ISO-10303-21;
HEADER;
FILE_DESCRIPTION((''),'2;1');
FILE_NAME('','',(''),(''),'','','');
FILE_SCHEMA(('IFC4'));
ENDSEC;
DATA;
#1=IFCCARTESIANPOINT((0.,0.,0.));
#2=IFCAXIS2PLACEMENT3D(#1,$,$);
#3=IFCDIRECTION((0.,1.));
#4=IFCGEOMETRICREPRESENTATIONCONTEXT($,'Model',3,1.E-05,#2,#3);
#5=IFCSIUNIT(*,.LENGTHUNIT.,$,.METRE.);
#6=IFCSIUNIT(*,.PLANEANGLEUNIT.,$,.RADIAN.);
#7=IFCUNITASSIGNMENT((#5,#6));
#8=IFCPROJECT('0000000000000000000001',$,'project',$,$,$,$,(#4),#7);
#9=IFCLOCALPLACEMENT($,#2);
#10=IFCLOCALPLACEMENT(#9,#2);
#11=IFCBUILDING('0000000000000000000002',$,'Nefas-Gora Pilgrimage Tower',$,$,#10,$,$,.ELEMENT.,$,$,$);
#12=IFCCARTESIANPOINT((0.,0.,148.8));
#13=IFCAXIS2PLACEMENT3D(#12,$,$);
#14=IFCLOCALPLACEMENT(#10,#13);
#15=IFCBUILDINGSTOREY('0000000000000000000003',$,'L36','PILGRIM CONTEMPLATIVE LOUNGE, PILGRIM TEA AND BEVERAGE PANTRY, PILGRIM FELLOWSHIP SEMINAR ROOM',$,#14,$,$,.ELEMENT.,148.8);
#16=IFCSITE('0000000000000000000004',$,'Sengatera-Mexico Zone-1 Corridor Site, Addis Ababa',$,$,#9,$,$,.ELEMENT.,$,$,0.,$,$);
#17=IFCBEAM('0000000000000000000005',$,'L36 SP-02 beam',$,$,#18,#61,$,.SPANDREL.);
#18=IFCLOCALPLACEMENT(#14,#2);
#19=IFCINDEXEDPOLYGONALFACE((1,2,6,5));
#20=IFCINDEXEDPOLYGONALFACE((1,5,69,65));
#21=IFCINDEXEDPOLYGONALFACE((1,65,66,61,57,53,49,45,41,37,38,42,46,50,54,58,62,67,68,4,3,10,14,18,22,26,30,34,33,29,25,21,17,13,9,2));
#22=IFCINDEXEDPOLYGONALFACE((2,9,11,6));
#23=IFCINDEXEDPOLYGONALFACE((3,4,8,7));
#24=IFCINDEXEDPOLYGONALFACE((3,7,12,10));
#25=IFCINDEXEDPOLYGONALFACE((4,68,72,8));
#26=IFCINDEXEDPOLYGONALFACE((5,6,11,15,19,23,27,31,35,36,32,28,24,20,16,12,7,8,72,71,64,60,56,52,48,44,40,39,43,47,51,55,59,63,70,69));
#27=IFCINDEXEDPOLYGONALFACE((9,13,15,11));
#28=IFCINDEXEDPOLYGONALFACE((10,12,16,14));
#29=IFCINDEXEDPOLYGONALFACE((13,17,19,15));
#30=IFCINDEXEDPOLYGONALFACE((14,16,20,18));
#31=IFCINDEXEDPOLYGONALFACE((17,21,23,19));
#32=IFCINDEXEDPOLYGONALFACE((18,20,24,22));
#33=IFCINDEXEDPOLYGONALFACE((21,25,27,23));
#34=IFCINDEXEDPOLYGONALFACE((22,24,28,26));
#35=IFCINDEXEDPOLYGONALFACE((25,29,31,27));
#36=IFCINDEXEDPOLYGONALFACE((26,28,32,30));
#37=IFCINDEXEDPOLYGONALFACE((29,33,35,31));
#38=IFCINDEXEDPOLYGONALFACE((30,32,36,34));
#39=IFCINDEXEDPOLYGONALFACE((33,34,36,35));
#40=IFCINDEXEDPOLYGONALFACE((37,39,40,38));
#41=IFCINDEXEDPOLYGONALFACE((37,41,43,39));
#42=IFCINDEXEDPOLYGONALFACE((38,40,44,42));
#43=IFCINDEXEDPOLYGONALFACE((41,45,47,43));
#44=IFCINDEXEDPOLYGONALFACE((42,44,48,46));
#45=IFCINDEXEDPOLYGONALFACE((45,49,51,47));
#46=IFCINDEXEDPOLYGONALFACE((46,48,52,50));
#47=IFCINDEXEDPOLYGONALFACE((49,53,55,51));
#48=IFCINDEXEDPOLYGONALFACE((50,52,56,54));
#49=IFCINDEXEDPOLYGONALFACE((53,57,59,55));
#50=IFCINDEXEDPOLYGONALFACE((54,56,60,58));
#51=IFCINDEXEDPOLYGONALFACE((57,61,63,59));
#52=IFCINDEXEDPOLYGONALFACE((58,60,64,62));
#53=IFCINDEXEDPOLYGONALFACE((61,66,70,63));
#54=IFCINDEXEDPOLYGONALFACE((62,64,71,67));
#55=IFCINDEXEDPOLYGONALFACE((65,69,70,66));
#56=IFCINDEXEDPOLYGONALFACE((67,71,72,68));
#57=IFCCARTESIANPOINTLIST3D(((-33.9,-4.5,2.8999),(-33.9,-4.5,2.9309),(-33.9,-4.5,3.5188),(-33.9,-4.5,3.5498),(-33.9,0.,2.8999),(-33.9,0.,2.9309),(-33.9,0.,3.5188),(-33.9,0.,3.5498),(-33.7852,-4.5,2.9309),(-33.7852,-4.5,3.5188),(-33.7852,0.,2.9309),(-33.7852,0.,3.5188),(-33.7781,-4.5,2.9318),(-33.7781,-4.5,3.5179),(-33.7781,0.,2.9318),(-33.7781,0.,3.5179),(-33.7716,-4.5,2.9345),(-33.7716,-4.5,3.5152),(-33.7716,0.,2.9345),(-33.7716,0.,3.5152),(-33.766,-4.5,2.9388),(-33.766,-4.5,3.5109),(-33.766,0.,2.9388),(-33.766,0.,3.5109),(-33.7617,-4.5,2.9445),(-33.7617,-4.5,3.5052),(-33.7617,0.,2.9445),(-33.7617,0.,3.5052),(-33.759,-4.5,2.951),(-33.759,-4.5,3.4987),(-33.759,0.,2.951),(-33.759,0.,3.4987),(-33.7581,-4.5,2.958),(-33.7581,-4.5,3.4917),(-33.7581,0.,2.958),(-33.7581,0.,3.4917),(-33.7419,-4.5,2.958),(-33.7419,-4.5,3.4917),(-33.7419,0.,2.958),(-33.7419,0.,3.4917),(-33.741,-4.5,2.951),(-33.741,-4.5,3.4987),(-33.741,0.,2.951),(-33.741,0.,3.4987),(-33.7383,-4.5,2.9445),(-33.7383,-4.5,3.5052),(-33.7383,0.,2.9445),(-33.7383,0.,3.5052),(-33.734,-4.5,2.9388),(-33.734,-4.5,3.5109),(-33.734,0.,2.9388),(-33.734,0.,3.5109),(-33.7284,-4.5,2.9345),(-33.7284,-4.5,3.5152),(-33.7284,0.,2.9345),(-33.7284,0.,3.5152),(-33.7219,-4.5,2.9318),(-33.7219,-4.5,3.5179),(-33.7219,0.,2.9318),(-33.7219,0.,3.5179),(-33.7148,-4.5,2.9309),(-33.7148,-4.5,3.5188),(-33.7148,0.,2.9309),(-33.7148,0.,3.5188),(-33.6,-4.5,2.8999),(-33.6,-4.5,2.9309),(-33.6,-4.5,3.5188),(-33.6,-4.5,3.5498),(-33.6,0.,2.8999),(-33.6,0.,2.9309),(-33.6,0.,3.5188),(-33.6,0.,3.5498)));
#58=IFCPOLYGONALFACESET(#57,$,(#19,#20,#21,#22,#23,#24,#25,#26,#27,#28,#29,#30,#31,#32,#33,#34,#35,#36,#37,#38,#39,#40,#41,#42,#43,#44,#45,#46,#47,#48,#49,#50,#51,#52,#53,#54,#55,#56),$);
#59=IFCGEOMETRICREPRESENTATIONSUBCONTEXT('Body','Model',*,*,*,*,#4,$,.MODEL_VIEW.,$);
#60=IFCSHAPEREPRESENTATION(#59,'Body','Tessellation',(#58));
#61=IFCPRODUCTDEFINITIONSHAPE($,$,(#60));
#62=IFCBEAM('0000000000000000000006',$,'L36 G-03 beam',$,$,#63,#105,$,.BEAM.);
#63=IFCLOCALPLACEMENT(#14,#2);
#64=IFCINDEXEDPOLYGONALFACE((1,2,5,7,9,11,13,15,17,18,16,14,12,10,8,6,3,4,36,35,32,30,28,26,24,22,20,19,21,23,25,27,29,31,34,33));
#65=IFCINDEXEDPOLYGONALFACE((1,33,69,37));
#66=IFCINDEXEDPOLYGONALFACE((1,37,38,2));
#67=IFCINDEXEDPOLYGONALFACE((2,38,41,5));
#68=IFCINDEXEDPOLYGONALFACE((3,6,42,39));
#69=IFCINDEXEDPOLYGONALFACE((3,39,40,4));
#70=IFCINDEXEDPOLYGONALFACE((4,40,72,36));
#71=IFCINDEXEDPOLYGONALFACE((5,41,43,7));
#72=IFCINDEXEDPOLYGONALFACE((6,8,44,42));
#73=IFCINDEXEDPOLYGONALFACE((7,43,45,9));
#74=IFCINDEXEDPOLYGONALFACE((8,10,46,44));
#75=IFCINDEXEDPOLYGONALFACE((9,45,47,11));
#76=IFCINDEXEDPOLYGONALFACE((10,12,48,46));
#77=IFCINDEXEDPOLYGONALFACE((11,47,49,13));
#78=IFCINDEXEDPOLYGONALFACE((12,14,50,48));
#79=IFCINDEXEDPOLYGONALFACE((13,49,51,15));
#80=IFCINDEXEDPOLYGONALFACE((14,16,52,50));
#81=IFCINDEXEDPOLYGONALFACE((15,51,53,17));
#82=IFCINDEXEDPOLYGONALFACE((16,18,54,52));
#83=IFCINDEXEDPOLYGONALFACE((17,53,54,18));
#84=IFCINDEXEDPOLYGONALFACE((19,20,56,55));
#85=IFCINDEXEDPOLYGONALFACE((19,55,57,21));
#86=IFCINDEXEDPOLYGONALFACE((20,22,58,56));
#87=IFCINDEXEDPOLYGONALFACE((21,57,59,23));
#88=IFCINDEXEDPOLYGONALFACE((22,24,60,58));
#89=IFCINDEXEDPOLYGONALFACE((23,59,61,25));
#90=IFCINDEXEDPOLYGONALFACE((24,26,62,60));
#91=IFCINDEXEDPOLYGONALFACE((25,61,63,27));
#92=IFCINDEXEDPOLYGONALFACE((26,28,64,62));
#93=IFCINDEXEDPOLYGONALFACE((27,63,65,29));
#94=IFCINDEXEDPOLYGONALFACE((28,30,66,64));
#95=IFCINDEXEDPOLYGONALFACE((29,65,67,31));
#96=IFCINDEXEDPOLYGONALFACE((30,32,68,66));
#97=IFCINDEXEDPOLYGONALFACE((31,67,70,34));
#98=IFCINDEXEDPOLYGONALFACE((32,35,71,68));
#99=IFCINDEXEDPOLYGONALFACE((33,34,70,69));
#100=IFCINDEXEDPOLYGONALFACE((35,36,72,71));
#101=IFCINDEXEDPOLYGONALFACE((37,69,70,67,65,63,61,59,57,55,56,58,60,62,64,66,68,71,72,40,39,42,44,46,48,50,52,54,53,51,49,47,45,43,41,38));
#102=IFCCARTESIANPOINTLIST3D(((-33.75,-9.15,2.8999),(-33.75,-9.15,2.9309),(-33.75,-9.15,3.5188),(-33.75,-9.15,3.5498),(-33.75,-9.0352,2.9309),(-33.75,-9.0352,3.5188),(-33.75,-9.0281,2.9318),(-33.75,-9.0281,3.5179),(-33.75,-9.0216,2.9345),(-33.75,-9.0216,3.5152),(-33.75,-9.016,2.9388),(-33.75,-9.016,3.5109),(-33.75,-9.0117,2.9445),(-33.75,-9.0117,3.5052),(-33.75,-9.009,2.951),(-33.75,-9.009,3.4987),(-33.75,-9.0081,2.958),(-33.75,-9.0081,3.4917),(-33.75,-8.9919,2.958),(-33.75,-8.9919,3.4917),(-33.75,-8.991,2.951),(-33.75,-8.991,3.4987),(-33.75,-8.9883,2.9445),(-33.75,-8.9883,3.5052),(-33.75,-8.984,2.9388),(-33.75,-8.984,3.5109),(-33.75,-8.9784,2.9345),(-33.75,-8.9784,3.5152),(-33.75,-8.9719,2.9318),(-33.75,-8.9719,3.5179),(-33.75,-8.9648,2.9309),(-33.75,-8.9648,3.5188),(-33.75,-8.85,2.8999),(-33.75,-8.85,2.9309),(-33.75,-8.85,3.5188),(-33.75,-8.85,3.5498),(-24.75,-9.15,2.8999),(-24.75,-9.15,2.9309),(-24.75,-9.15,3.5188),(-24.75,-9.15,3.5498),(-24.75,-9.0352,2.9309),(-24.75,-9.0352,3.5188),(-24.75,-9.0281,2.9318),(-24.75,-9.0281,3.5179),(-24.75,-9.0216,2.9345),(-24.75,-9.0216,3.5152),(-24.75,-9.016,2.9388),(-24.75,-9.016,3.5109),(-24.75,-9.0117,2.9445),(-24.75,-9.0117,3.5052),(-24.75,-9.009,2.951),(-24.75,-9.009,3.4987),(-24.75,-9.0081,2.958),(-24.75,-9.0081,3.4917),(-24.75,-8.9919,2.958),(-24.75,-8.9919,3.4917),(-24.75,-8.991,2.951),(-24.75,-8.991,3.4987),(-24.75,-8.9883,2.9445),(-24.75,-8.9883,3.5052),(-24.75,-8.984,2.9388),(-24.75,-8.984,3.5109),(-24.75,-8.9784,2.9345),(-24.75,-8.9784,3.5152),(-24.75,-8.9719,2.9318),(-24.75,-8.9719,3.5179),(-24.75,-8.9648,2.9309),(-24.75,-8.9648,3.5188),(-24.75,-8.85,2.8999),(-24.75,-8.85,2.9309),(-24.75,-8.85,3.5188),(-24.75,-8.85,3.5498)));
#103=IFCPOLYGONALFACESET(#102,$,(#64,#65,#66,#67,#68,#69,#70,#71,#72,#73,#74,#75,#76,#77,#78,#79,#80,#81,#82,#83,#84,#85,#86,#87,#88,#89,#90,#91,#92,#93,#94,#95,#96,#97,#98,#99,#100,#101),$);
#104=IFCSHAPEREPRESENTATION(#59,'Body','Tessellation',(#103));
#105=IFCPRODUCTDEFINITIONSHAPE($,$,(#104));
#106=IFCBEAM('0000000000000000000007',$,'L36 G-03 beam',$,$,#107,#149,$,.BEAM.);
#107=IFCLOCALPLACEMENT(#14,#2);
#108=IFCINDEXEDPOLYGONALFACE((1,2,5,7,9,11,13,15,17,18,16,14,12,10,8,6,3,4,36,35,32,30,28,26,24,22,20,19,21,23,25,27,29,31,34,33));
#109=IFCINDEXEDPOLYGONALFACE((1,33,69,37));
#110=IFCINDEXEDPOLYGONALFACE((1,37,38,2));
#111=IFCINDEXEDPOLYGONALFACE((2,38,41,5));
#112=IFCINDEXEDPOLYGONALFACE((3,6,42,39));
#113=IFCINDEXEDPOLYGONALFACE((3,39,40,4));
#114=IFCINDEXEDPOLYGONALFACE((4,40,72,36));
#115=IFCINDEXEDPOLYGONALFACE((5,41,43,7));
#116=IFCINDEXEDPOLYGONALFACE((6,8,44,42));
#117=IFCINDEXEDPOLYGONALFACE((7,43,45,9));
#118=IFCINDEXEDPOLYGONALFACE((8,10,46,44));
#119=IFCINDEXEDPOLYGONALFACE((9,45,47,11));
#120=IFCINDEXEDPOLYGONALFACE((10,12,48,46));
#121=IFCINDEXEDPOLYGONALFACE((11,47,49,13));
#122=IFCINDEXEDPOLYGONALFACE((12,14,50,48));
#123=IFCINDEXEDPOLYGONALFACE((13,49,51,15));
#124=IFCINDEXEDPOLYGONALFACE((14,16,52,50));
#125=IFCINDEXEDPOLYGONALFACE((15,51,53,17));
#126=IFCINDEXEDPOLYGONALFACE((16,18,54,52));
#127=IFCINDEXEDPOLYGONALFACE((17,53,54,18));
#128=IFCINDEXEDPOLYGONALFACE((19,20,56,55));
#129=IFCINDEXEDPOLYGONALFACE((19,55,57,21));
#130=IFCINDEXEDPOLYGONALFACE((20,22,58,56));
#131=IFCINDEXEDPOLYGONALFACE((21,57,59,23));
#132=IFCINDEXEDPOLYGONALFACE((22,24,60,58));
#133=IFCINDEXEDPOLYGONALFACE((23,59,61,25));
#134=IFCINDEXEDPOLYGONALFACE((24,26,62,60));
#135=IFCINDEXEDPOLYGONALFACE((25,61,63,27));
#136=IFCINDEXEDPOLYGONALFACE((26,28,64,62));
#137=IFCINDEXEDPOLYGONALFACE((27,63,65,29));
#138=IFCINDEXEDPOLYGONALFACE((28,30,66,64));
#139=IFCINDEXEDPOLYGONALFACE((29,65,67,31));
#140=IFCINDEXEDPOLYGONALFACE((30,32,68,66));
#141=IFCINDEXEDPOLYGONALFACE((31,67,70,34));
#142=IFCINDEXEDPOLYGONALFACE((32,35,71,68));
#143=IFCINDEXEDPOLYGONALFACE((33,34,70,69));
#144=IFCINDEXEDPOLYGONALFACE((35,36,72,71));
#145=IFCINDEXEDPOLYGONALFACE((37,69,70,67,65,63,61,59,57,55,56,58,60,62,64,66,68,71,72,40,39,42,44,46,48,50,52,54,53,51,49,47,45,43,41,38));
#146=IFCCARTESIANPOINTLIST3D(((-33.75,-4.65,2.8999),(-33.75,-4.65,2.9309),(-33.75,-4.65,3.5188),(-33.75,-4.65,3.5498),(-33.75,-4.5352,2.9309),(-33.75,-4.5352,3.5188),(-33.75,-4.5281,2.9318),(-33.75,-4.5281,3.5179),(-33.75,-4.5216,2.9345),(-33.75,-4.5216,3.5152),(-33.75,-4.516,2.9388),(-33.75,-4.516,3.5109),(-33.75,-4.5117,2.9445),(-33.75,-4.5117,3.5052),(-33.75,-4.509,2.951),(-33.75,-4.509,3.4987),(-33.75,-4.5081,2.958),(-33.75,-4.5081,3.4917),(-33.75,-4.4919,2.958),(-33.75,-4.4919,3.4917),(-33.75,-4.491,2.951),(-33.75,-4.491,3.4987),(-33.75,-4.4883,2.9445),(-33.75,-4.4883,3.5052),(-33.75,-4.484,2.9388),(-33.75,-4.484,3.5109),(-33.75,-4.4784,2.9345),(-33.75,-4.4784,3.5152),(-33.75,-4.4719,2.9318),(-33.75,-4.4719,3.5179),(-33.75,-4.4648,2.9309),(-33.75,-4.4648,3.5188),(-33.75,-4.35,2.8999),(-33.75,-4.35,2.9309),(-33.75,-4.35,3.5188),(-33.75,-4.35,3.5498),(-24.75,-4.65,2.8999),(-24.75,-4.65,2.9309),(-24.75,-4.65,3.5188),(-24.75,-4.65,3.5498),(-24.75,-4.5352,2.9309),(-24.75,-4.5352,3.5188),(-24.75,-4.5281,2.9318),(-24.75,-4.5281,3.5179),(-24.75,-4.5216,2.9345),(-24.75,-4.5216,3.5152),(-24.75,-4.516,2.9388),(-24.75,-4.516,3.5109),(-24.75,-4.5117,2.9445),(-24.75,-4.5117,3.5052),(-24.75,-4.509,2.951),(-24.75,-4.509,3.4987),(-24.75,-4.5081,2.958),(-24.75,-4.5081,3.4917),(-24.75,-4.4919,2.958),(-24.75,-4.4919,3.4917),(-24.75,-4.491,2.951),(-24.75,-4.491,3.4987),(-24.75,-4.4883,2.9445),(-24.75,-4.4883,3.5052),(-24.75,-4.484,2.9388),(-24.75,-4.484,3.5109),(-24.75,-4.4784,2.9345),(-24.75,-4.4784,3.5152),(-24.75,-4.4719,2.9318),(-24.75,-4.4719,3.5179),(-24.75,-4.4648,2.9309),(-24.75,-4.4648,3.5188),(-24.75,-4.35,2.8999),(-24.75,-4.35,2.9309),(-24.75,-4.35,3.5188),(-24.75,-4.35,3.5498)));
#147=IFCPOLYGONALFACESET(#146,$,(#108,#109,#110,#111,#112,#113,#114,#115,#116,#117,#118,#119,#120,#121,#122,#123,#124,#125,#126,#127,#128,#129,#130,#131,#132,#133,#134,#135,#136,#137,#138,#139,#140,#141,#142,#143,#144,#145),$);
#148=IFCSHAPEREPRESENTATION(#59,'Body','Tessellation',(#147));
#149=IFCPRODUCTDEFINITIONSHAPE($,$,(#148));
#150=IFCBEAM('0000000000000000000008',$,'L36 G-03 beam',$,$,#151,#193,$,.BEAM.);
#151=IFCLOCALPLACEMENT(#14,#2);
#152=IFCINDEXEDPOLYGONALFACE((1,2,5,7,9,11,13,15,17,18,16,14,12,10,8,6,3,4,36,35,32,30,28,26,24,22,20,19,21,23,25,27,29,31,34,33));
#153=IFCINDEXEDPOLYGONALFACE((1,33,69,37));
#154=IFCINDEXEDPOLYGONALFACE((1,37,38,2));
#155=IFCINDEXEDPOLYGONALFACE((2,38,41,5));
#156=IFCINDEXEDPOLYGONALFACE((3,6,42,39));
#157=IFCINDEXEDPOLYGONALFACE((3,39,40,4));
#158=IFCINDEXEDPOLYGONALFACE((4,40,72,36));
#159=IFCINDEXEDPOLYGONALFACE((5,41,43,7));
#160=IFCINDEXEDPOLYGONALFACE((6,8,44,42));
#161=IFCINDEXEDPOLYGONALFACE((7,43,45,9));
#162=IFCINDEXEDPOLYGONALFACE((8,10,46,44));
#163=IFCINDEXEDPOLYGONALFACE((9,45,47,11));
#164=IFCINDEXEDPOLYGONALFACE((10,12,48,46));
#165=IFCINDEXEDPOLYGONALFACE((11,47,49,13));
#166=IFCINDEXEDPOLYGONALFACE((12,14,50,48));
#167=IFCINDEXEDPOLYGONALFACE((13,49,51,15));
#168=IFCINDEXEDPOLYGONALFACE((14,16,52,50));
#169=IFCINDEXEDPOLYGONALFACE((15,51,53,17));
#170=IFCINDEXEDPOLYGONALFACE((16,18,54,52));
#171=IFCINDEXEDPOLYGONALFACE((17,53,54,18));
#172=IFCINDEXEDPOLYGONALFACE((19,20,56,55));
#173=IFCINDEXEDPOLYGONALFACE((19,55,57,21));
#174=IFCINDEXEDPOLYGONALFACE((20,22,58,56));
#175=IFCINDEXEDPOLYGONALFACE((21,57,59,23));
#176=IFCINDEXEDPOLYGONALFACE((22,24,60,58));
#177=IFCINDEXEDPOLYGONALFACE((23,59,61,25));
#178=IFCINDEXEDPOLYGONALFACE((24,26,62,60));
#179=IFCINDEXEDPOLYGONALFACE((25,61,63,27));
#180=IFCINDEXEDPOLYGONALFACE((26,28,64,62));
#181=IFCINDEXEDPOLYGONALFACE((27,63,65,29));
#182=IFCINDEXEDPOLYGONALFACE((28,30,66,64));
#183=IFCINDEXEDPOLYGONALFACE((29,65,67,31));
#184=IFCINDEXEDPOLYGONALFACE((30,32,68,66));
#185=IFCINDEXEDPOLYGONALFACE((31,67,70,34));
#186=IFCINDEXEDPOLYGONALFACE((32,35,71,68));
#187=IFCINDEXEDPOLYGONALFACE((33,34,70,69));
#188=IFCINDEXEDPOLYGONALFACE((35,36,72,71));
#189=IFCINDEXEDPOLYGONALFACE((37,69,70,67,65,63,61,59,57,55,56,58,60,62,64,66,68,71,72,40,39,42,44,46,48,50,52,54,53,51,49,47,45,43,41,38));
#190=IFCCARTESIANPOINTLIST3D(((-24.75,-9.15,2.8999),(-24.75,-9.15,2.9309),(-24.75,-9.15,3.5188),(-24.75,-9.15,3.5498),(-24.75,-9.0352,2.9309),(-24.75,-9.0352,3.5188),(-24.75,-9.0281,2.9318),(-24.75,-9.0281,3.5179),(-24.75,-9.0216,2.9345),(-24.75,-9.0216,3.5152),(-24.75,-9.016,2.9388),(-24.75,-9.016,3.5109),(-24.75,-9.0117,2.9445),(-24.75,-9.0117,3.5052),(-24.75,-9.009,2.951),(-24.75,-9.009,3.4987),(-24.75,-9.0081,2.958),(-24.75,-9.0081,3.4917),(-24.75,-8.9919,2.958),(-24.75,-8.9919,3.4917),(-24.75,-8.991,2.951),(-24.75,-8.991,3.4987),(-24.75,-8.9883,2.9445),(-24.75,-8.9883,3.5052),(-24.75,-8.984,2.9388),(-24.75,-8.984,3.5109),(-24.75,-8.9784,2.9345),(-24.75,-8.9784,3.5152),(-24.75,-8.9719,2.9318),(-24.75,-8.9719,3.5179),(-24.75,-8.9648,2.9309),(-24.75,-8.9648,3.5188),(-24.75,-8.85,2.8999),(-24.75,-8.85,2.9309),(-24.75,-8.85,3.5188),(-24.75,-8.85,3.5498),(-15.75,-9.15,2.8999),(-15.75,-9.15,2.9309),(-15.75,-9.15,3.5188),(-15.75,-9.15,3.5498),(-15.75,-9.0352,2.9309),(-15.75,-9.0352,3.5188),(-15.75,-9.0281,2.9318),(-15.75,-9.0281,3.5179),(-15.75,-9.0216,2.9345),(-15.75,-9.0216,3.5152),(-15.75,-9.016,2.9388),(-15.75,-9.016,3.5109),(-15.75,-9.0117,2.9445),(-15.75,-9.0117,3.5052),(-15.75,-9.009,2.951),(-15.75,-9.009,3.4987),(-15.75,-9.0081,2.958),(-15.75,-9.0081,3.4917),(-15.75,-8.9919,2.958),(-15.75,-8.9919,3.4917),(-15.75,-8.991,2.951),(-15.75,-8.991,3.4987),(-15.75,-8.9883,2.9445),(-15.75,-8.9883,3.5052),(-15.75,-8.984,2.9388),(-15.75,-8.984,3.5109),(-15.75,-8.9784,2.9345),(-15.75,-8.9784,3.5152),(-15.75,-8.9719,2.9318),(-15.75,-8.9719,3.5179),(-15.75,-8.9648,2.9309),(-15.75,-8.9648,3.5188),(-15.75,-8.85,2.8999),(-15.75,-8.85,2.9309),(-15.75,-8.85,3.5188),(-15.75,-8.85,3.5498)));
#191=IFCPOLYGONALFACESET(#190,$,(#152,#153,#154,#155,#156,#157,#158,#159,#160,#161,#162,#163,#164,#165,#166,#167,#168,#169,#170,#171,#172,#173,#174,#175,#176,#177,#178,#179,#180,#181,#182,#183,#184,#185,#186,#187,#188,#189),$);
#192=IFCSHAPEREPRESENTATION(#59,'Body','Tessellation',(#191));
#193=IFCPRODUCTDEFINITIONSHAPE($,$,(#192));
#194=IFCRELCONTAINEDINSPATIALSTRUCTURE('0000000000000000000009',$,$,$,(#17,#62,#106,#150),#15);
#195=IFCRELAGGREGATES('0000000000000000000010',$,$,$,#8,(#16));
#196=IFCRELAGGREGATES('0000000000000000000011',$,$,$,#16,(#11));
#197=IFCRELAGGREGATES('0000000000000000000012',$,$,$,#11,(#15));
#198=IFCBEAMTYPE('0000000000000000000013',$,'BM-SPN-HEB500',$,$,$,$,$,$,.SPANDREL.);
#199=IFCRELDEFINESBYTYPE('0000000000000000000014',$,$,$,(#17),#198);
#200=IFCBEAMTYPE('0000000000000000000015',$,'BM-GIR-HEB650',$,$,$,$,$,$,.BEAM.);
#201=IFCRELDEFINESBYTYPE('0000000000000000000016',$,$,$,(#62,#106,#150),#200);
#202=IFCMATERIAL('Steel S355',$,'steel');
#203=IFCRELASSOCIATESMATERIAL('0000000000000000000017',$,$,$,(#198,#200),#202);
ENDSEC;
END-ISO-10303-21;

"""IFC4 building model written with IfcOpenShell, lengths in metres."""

from ifc_helpers import new_model, si_unit, direction, frame, origin, origin_2d, place, context, subcontext, project, spatial, i_section, extrude, source, transform, mapped, material, material_profile, profile_set, type_object, element, save


model = new_model("IFC4")

# Units and contexts
model_context = context("Model", 3, precision=1e-05, world=origin(), true_north=direction((0.0, 1.0)))
body_context = subcontext(model_context, "Body", "Model", "MODEL_VIEW")
ifc_project = project(units=[si_unit("LENGTHUNIT", "METRE"), si_unit("PLANEANGLEUNIT", "RADIAN")], contexts=[model_context])

# Site, building, storey
site_placement = place(None, origin())
site = spatial("IfcSite", under=ifc_project, at=site_placement, Name="Sengatera-Mexico Zone-1 Corridor Site, Addis Ababa", CompositionType="ELEMENT", RefElevation=0.0)
building_placement = place(site_placement, origin())
building = spatial("IfcBuilding", under=site, at=building_placement, Name="Nefas-Gora Pilgrimage Tower", CompositionType="ELEMENT")
storey_placement = place(building_placement, frame((0.0, 0.0, 148.8)))
storey = spatial("IfcBuildingStorey", under=building, at=storey_placement, Name="L36", Description="PILGRIM CONTEMPLATIVE LOUNGE, PILGRIM TEA AND BEVERAGE PANTRY, PILGRIM FELLOWSHIP SEMINAR ROOM", CompositionType="ELEMENT", Elevation=148.8)

# Beams
ifc_material_1 = material(Name="Steel S355", Category="steel")
ifc_material_profile_1 = material_profile(ifc_material_1, i_section(OverallWidth=0.3, OverallDepth=0.6499, WebThickness=0.0161, FlangeThickness=0.031, FilletRadius=0.0271, at=origin_2d()), Name="HEB 650")
ifc_profile_set_1 = profile_set([ifc_material_profile_1], Name="Steel S355")
beam_type_1 = type_object("IfcBeamType", Name="BM-SPN-HEB500", PredefinedType="SPANDREL", material=ifc_profile_set_1)
shared_shape_1 = source(origin(), body_context, "Body", "SweptSolid", [
    extrude(i_section(OverallWidth=0.3, OverallDepth=0.6499, WebThickness=0.0161, FlangeThickness=0.031, FilletRadius=0.0271, at=origin_2d()), origin(), (0.0, 0.0, 1.0), 4.5),
])
for number, where, z_axis, x_axis, name in (
    (1, (-33.75, -4.5, 3.2249), (0.0, 1.0, 0.0), (-1.0, 0.0, 0.0), "L36 SP-02 beam"),
):
    element("IfcBeam", number, at=place(storey_placement, frame(where, z_axis=z_axis, x_axis=x_axis)), inside=storey, type_object=beam_type_1, Name=name, PredefinedType="SPANDREL", context=body_context, shape_type="MappedRepresentation", body=[
        mapped(shared_shape_1, transform((0.0, 0.0, 0.0), x_axis=(1.0, 0.0, 0.0), y_axis=(0.0, 1.0, 0.0), z_axis=(0.0, 0.0, 1.0), scale=1.0)),
    ])
ifc_material_profile_2 = material_profile(ifc_material_1, i_section(OverallWidth=0.3, OverallDepth=0.6499, WebThickness=0.0161, FlangeThickness=0.031, FilletRadius=0.0271, at=origin_2d()), Name="HEB 650")
ifc_profile_set_2 = profile_set([ifc_material_profile_2], Name="Steel S355")
beam_type_2 = type_object("IfcBeamType", Name="BM-GIR-HEB650", PredefinedType="BEAM", material=ifc_profile_set_2)
shared_shape_2 = source(origin(), body_context, "Body", "SweptSolid", [
    extrude(i_section(OverallWidth=0.3, OverallDepth=0.6499, WebThickness=0.0161, FlangeThickness=0.031, FilletRadius=0.0271, at=origin_2d()), origin(), (0.0, 0.0, 1.0), 9.0),
])
for number, where, z_axis, x_axis, name in (
    (2, (-33.75, -9.0, 3.2249), (1.0, 0.0, 0.0), (0.0, 1.0, 0.0), "L36 G-03 beam"),
    (3, (-33.75, -4.5, 3.2249), (1.0, 0.0, 0.0), (0.0, 1.0, 0.0), "L36 G-03 beam"),
    (4, (-24.75, -9.0, 3.2249), (1.0, 0.0, 0.0), (0.0, 1.0, 0.0), "L36 G-03 beam"),
):
    element("IfcBeam", number, at=place(storey_placement, frame(where, z_axis=z_axis, x_axis=x_axis)), inside=storey, type_object=beam_type_2, Name=name, PredefinedType="BEAM", context=body_context, shape_type="MappedRepresentation", body=[
        mapped(shared_shape_2, transform((0.0, 0.0, 0.0), x_axis=(1.0, 0.0, 0.0), y_axis=(0.0, 1.0, 0.0), z_axis=(0.0, 0.0, 1.0), scale=1.0)),
    ])

save(model, "model.ifc")
